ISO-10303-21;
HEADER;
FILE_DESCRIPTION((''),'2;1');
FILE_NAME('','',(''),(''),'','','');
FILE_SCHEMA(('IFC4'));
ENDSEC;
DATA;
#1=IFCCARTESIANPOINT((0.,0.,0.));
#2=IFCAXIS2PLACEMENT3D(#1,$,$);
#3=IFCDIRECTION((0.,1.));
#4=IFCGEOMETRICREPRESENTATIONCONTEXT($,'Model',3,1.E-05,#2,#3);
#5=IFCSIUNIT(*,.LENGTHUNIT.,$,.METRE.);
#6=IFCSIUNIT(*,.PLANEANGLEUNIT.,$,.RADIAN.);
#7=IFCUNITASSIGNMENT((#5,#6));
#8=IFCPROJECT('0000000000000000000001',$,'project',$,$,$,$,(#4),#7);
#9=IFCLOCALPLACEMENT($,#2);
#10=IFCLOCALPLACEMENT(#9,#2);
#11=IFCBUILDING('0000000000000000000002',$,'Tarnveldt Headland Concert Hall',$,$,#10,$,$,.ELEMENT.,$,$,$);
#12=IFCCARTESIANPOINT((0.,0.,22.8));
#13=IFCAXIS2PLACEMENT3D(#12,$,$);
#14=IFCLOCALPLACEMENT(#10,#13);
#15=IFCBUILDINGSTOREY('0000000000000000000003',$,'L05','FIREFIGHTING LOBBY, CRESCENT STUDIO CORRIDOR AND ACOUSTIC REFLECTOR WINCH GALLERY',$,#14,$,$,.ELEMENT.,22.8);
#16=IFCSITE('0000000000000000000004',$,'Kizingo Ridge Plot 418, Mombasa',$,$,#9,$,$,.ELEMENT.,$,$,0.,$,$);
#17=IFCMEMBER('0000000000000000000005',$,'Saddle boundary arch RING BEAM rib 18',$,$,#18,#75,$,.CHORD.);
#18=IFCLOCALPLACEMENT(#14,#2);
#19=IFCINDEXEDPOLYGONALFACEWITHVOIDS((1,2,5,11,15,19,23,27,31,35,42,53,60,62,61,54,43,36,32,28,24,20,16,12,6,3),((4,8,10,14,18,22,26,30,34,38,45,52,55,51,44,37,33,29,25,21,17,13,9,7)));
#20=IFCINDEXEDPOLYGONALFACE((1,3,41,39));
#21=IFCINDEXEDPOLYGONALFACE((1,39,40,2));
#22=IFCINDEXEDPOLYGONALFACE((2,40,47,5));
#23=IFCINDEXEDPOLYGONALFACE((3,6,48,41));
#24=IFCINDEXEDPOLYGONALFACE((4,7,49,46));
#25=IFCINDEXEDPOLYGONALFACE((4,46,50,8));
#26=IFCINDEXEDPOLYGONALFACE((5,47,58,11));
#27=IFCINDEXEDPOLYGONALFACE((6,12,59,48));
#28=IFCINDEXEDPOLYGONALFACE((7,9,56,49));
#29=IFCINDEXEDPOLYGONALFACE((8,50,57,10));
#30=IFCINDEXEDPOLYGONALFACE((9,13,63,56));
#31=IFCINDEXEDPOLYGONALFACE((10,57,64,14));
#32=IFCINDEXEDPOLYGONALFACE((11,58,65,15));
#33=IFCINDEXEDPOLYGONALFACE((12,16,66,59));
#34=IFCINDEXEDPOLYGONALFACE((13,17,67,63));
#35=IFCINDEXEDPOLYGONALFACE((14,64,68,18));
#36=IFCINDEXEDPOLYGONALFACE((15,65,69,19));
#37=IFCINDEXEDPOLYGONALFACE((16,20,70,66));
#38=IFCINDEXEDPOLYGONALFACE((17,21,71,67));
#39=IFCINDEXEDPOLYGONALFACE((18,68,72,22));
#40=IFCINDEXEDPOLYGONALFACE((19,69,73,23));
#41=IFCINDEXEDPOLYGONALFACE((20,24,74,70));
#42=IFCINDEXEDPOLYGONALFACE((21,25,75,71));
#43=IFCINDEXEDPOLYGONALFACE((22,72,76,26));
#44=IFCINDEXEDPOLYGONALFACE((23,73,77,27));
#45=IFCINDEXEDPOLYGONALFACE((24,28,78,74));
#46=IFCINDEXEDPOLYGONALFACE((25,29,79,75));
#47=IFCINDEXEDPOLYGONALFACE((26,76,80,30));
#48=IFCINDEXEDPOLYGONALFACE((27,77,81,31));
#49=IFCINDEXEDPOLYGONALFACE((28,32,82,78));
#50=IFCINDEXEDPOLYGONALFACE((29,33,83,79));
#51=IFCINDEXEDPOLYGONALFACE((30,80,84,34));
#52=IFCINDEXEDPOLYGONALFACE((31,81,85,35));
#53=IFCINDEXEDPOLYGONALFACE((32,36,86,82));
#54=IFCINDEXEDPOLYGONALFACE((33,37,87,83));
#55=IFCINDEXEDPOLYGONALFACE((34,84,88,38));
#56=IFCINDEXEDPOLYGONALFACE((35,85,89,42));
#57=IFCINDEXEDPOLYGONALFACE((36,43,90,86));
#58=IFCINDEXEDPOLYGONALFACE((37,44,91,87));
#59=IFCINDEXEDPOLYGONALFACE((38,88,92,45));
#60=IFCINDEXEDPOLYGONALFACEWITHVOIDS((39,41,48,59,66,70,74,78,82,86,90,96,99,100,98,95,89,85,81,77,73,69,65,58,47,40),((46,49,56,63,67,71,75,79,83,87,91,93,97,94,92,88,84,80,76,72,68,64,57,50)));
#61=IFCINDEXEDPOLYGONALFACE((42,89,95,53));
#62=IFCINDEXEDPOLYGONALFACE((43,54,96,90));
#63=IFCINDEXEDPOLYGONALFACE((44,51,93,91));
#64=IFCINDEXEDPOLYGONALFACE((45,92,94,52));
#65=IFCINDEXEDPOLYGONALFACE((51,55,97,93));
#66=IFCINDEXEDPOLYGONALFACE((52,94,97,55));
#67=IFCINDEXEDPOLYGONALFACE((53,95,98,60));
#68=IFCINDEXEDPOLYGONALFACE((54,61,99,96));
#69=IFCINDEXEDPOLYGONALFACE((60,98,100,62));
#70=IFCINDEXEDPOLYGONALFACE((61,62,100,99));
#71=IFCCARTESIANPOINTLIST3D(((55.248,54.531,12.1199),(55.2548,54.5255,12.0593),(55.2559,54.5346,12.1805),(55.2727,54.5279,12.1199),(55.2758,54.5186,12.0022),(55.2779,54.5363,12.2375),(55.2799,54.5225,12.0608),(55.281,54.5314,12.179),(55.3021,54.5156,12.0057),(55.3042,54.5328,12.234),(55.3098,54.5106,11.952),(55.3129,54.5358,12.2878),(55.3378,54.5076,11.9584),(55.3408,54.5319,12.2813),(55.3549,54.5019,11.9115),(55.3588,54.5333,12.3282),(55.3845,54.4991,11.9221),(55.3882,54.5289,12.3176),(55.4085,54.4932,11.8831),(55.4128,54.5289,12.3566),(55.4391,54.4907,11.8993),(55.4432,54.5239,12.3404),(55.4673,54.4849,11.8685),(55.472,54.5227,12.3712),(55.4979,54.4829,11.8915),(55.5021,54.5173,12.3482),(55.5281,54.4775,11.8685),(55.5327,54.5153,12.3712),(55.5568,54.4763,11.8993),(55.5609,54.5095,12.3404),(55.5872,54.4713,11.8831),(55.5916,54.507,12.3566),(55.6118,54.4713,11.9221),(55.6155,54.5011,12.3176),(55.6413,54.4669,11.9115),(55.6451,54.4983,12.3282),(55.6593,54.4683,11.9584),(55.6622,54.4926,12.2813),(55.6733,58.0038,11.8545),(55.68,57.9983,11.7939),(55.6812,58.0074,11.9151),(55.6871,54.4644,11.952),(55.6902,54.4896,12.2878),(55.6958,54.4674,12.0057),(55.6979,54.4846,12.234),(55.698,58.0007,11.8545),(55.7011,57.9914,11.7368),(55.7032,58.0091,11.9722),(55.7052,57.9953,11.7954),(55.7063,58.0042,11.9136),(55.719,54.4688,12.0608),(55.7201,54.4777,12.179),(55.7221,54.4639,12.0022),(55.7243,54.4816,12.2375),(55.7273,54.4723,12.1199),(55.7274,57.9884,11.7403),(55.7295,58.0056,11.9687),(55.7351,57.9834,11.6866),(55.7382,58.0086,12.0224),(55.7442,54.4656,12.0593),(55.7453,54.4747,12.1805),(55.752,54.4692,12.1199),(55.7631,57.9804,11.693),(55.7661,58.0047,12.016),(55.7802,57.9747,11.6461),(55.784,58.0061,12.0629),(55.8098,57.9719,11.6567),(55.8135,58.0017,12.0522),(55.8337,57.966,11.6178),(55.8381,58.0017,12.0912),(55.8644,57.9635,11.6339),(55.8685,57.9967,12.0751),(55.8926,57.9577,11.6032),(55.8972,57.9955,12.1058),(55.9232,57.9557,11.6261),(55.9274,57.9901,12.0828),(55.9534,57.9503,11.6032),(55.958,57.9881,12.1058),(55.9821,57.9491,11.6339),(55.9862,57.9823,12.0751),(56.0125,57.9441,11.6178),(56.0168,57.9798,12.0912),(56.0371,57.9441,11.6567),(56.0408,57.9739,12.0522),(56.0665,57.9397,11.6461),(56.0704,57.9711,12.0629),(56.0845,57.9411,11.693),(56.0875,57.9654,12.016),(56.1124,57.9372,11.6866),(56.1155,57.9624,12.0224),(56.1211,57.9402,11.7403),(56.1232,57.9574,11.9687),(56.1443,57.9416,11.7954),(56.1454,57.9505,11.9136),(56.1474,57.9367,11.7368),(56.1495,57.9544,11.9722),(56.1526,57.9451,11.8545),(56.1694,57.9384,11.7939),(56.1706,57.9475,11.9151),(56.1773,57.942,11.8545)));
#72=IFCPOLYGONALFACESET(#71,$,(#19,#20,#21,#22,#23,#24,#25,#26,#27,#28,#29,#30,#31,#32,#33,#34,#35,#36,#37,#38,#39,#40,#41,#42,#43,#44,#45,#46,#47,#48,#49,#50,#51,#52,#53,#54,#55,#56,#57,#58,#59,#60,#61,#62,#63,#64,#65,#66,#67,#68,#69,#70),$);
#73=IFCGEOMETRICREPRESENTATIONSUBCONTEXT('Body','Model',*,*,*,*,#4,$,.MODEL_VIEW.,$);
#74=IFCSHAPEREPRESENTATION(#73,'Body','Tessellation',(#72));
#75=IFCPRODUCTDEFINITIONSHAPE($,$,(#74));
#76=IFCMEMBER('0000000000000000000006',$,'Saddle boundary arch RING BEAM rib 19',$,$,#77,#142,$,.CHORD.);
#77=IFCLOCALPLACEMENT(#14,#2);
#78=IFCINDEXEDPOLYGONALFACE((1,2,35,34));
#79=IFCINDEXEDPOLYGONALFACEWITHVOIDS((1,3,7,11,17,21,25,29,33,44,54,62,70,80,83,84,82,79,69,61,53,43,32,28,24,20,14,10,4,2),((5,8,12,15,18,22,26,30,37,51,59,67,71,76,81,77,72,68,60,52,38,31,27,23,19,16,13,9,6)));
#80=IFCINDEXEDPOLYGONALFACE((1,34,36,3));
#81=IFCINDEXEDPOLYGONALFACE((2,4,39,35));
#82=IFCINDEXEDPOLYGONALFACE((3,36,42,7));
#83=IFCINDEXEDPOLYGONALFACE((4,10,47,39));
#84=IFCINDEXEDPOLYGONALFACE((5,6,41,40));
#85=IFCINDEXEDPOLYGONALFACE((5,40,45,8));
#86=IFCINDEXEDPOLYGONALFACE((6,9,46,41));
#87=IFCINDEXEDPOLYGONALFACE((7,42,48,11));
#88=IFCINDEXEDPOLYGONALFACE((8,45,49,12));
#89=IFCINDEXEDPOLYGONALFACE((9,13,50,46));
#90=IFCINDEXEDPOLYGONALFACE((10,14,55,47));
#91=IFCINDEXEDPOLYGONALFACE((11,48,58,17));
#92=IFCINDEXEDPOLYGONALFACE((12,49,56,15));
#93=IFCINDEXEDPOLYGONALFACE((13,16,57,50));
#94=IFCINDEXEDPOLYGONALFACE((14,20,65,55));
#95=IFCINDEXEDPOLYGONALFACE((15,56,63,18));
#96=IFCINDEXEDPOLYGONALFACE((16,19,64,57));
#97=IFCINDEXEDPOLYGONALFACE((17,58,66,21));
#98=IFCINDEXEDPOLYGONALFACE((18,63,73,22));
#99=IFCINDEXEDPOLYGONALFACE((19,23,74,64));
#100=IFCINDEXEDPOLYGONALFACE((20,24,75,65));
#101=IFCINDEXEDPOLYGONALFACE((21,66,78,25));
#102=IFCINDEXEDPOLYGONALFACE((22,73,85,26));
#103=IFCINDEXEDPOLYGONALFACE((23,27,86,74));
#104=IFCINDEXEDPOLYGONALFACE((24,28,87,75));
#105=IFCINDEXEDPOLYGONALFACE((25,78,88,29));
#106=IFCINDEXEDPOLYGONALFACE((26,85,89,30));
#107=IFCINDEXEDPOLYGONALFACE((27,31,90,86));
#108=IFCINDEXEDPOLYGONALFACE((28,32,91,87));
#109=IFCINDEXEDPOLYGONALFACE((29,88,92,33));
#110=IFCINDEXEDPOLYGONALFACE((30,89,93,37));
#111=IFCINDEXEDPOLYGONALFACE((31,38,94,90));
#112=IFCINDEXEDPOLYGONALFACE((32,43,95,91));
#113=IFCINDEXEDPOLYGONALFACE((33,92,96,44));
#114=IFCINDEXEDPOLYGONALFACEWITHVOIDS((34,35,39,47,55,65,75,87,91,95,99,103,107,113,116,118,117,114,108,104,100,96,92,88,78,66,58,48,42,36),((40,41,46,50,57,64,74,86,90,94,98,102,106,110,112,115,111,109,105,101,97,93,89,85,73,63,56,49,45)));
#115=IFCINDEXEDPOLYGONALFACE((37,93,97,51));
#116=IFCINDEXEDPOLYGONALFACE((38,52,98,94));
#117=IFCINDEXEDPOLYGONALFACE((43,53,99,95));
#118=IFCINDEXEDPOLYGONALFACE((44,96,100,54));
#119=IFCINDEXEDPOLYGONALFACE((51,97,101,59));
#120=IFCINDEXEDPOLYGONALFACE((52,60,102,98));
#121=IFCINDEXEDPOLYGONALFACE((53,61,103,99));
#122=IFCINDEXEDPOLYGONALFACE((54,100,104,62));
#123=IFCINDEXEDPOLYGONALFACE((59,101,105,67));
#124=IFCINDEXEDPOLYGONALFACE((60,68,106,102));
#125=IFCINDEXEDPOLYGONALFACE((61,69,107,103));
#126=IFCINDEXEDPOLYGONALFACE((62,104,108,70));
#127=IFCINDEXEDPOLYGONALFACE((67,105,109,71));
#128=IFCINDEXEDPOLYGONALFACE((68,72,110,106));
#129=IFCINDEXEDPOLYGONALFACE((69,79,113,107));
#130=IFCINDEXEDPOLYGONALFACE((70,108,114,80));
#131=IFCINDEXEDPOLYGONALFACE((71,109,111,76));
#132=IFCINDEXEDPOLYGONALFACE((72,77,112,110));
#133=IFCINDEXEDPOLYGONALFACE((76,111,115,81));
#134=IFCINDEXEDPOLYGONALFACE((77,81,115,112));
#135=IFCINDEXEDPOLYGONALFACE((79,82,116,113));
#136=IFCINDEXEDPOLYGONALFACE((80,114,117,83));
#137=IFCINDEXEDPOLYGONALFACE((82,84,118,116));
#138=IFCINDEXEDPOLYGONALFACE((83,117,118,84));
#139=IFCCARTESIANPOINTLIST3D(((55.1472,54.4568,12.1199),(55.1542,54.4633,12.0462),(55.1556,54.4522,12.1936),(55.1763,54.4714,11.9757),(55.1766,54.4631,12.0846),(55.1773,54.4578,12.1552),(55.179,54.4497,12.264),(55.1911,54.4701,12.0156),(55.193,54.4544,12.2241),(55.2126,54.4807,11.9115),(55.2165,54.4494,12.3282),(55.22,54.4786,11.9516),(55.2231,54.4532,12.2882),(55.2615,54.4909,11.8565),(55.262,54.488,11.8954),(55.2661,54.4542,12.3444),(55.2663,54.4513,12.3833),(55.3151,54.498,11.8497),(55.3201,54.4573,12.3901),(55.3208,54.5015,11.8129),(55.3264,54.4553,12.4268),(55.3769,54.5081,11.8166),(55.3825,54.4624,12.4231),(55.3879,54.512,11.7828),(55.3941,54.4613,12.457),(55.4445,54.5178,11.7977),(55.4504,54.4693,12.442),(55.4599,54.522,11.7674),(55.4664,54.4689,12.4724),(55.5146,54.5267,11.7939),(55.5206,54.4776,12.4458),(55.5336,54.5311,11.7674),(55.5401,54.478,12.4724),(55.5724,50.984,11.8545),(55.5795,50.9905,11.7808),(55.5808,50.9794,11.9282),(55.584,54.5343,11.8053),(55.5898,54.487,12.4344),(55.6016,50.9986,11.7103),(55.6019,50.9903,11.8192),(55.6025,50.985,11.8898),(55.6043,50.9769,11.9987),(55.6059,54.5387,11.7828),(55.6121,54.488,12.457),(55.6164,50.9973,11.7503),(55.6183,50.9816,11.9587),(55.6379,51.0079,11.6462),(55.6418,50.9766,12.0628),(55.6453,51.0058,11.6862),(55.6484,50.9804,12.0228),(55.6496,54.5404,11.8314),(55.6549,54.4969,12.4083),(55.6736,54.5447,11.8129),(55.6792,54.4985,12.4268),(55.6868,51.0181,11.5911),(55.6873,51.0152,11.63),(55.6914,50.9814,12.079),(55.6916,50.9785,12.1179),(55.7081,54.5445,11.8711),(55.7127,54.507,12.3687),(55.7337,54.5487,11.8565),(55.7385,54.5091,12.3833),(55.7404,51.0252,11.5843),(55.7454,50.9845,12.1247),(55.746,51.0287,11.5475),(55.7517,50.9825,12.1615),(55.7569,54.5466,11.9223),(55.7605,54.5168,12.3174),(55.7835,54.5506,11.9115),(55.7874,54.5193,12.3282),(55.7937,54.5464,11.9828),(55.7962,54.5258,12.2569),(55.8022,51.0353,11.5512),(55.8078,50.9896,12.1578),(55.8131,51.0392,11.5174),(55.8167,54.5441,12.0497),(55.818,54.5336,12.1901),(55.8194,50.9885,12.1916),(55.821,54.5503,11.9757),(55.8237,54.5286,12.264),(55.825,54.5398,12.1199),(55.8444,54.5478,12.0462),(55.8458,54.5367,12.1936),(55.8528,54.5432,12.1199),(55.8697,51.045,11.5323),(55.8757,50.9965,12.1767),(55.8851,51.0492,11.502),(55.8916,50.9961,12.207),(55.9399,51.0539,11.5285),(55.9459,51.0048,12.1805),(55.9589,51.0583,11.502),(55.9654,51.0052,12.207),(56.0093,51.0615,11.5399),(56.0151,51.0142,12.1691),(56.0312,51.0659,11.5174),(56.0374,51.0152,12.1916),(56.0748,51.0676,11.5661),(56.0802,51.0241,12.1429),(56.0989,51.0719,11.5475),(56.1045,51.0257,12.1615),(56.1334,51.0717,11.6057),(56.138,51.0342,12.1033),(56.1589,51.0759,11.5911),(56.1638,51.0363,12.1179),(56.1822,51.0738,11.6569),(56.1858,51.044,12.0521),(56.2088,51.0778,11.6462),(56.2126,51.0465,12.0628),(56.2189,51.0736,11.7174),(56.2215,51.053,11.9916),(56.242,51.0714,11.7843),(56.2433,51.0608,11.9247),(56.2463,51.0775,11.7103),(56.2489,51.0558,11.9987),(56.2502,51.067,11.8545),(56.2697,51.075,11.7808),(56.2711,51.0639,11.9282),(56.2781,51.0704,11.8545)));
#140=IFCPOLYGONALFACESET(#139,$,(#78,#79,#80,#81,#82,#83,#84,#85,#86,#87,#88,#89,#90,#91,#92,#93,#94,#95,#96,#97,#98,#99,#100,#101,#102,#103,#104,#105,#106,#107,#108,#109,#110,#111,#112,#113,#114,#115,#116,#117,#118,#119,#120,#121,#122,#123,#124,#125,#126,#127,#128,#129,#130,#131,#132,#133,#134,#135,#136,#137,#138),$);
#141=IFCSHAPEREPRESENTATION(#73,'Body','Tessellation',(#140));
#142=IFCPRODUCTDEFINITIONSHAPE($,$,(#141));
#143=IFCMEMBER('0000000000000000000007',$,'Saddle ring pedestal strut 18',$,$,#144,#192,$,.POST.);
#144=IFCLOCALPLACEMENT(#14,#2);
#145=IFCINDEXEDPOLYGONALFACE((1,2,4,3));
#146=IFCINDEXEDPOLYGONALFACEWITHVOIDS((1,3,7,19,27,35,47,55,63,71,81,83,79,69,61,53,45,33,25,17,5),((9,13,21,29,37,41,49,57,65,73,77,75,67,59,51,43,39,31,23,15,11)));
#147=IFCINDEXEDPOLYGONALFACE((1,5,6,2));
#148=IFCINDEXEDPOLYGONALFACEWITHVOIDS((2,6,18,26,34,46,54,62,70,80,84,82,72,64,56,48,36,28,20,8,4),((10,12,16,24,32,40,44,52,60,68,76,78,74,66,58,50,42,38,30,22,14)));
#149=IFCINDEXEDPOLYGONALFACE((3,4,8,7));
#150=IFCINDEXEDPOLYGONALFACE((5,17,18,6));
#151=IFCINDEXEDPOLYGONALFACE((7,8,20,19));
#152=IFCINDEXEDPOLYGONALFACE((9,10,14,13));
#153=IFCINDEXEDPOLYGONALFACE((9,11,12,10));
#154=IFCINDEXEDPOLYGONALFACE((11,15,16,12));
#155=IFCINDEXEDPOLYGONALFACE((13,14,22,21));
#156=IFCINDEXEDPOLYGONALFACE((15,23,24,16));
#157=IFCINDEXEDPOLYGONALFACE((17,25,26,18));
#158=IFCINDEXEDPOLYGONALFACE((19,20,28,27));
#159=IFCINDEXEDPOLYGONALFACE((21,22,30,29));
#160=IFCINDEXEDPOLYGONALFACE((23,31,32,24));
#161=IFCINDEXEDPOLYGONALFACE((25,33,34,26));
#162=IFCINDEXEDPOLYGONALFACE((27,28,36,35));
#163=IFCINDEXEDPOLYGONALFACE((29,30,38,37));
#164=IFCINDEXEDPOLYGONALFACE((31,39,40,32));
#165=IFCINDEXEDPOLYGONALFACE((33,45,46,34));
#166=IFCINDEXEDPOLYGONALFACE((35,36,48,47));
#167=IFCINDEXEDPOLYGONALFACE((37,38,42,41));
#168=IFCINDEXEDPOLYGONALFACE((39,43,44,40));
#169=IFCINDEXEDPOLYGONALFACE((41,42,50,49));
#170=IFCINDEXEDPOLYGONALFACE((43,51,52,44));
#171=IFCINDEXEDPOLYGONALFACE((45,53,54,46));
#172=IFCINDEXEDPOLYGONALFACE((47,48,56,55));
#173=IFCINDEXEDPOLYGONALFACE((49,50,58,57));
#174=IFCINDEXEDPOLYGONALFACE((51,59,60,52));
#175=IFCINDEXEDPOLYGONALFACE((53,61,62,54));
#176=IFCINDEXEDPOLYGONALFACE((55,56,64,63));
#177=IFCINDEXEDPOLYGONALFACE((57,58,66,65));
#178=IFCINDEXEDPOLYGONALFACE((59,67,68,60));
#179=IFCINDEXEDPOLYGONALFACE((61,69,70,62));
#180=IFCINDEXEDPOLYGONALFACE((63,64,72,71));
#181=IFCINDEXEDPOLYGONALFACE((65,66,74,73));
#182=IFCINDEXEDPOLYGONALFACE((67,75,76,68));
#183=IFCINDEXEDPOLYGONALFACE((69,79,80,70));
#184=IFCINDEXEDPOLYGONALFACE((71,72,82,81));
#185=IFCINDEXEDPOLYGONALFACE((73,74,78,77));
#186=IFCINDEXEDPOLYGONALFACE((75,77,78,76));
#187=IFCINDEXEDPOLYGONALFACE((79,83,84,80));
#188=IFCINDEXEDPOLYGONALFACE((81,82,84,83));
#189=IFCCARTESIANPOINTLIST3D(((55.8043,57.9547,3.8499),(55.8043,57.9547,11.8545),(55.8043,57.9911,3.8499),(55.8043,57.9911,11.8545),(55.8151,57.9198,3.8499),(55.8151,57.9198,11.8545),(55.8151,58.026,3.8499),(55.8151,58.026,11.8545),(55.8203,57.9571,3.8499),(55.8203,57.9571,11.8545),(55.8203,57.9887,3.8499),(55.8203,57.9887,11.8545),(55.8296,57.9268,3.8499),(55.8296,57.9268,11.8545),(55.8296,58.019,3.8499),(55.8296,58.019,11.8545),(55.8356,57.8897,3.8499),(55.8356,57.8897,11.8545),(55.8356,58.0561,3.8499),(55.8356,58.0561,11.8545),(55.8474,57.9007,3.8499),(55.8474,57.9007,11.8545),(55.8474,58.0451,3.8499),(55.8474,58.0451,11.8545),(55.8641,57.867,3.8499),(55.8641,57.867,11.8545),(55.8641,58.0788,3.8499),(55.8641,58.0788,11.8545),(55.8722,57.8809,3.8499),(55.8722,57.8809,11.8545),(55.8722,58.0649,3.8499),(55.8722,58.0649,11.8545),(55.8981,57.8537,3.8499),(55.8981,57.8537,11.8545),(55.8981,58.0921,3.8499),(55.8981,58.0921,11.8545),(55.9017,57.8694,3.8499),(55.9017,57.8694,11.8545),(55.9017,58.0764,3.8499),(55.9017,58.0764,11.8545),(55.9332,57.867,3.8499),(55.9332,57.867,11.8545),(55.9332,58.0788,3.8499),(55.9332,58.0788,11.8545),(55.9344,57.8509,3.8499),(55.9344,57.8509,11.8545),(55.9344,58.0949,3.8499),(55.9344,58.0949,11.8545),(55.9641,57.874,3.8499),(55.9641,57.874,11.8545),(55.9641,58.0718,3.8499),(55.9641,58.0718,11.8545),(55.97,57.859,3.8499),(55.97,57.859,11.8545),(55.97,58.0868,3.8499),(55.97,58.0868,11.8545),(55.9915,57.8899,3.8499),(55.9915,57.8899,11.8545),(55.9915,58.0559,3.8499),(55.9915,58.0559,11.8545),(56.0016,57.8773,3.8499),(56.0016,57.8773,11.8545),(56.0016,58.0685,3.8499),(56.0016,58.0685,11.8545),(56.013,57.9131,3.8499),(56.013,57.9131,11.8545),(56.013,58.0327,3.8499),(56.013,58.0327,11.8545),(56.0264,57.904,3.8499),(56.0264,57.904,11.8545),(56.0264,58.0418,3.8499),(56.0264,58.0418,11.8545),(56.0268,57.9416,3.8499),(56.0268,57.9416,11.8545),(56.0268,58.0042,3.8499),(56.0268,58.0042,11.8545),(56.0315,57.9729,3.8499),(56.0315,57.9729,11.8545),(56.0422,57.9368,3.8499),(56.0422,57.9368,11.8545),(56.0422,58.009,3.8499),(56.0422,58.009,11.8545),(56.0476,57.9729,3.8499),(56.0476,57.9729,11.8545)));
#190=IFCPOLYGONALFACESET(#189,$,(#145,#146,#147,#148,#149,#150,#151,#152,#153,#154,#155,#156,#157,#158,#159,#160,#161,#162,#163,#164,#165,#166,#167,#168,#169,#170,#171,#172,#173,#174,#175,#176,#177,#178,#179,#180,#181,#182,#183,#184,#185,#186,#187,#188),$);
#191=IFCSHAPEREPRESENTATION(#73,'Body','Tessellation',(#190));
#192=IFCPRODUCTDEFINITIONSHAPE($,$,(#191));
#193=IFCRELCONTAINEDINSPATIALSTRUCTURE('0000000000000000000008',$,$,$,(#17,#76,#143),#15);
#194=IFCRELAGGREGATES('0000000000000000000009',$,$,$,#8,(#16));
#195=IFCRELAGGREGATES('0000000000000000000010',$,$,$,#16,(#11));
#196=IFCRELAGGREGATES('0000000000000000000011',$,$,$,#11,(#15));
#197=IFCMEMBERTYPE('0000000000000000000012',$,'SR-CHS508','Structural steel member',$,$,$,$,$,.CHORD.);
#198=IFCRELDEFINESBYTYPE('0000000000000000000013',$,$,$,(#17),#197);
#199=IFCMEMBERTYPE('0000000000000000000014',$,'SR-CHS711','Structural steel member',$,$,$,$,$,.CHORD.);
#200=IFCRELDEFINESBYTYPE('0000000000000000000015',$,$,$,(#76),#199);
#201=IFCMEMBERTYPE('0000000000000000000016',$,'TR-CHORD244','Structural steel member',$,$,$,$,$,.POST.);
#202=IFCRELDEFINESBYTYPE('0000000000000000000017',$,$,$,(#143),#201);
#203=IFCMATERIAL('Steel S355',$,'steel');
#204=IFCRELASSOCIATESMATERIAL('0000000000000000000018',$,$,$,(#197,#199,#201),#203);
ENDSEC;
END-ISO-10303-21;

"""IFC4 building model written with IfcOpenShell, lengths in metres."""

from ifc_helpers import new_model, si_unit, direction, frame, origin, origin_2d, place, context, subcontext, project, spatial, hollow_circle, extrude, material, material_profile, profile_set, type_object, element, save


model = new_model("IFC4")

# Units and contexts
model_context = context("Model", 3, precision=1e-05, world=origin(), true_north=direction((0.0, 1.0)))
body_context = subcontext(model_context, "Body", "Model", "MODEL_VIEW")
ifc_project = project(units=[si_unit("LENGTHUNIT", "METRE"), si_unit("PLANEANGLEUNIT", "RADIAN")], contexts=[model_context])

# Site, building, storey
site_placement = place(None, origin())
site = spatial("IfcSite", under=ifc_project, at=site_placement, Name="Kizingo Ridge Plot 418, Mombasa", CompositionType="ELEMENT", RefElevation=0.0)
building_placement = place(site_placement, origin())
building = spatial("IfcBuilding", under=site, at=building_placement, Name="Tarnveldt Headland Concert Hall", CompositionType="ELEMENT")
storey_placement = place(building_placement, frame((0.0, 0.0, 22.8)))
storey = spatial("IfcBuildingStorey", under=building, at=storey_placement, Name="L05", Description="FIREFIGHTING LOBBY, CRESCENT STUDIO CORRIDOR AND ACOUSTIC REFLECTOR WINCH GALLERY", CompositionType="ELEMENT", Elevation=22.8)

# Shared definitions
ifc_material_1 = material(Name="Steel S355", Category="steel")

# Members
ifc_material_profile_1 = material_profile(ifc_material_1, hollow_circle(Radius=0.2539, WallThickness=0.0249, at=origin_2d()), Name="CHS 508x25", Category="steel")
ifc_profile_set_1 = profile_set([ifc_material_profile_1], Name="Steel S355")
member_type_1 = type_object("IfcMemberType", Name="SR-CHS508", Description="Structural steel member", PredefinedType="CHORD", material=ifc_profile_set_1)
member_1_placement = place(storey_placement, frame((55.9253, 57.9729, 11.8545), z_axis=(-0.121204, -0.989742, 0.075631), x_axis=(0.992585, -0.121552, 0.0)))
element("IfcMember", 1, at=member_1_placement, inside=storey, type_object=member_type_1, Name="Saddle boundary arch RING BEAM rib 18", PredefinedType="CHORD", context=body_context, shape_type="SweptSolid", body=[
    extrude(hollow_circle(Radius=0.2539, WallThickness=0.0249, at=origin_2d()), origin(), (0.0, 0.0, 1.0), 3.5088),
])
ifc_material_profile_2 = material_profile(ifc_material_1, hollow_circle(Radius=0.3555, WallThickness=0.0281, at=origin_2d()), Name="CHS 711x28", Category="steel")
ifc_profile_set_2 = profile_set([ifc_material_profile_2], Name="Steel S355")
member_type_2 = type_object("IfcMemberType", Name="SR-CHS711", Description="Structural steel member", PredefinedType="CHORD", material=ifc_profile_set_2)
member_2_placement = place(storey_placement, frame((55.5, 54.5, 12.1199), z_axis=(0.121204, -0.989742, -0.075631), x_axis=(0.992585, 0.121552, 0.0)))
element("IfcMember", 2, at=member_2_placement, inside=storey, type_object=member_type_2, Name="Saddle boundary arch RING BEAM rib 19", PredefinedType="CHORD", context=body_context, shape_type="SweptSolid", body=[
    extrude(hollow_circle(Radius=0.3555, WallThickness=0.0281, at=origin_2d()), origin(), (0.0, 0.0, 1.0), 3.5088),
])
ifc_material_profile_3 = material_profile(ifc_material_1, hollow_circle(Radius=0.1223, WallThickness=0.0161, at=origin_2d()), Name="CHS 244.5x16", Category="steel")
ifc_profile_set_3 = profile_set([ifc_material_profile_3], Name="Steel S355")
member_type_3 = type_object("IfcMemberType", Name="TR-CHORD244", Description="Structural steel member", PredefinedType="POST", material=ifc_profile_set_3)
member_3_placement = place(storey_placement, frame((55.9253, 57.9729, 3.8499), z_axis=(0.0, 0.0, 1.0), x_axis=(1.0, 0.0, 0.0)))
element("IfcMember", 3, at=member_3_placement, inside=storey, type_object=member_type_3, Name="Saddle ring pedestal strut 18", PredefinedType="POST", context=body_context, shape_type="SweptSolid", body=[
    extrude(hollow_circle(Radius=0.1223, WallThickness=0.0161, at=origin_2d()), origin(), (0.0, 0.0, 1.0), 8.0046),
])

save(model, "model.ifc")
